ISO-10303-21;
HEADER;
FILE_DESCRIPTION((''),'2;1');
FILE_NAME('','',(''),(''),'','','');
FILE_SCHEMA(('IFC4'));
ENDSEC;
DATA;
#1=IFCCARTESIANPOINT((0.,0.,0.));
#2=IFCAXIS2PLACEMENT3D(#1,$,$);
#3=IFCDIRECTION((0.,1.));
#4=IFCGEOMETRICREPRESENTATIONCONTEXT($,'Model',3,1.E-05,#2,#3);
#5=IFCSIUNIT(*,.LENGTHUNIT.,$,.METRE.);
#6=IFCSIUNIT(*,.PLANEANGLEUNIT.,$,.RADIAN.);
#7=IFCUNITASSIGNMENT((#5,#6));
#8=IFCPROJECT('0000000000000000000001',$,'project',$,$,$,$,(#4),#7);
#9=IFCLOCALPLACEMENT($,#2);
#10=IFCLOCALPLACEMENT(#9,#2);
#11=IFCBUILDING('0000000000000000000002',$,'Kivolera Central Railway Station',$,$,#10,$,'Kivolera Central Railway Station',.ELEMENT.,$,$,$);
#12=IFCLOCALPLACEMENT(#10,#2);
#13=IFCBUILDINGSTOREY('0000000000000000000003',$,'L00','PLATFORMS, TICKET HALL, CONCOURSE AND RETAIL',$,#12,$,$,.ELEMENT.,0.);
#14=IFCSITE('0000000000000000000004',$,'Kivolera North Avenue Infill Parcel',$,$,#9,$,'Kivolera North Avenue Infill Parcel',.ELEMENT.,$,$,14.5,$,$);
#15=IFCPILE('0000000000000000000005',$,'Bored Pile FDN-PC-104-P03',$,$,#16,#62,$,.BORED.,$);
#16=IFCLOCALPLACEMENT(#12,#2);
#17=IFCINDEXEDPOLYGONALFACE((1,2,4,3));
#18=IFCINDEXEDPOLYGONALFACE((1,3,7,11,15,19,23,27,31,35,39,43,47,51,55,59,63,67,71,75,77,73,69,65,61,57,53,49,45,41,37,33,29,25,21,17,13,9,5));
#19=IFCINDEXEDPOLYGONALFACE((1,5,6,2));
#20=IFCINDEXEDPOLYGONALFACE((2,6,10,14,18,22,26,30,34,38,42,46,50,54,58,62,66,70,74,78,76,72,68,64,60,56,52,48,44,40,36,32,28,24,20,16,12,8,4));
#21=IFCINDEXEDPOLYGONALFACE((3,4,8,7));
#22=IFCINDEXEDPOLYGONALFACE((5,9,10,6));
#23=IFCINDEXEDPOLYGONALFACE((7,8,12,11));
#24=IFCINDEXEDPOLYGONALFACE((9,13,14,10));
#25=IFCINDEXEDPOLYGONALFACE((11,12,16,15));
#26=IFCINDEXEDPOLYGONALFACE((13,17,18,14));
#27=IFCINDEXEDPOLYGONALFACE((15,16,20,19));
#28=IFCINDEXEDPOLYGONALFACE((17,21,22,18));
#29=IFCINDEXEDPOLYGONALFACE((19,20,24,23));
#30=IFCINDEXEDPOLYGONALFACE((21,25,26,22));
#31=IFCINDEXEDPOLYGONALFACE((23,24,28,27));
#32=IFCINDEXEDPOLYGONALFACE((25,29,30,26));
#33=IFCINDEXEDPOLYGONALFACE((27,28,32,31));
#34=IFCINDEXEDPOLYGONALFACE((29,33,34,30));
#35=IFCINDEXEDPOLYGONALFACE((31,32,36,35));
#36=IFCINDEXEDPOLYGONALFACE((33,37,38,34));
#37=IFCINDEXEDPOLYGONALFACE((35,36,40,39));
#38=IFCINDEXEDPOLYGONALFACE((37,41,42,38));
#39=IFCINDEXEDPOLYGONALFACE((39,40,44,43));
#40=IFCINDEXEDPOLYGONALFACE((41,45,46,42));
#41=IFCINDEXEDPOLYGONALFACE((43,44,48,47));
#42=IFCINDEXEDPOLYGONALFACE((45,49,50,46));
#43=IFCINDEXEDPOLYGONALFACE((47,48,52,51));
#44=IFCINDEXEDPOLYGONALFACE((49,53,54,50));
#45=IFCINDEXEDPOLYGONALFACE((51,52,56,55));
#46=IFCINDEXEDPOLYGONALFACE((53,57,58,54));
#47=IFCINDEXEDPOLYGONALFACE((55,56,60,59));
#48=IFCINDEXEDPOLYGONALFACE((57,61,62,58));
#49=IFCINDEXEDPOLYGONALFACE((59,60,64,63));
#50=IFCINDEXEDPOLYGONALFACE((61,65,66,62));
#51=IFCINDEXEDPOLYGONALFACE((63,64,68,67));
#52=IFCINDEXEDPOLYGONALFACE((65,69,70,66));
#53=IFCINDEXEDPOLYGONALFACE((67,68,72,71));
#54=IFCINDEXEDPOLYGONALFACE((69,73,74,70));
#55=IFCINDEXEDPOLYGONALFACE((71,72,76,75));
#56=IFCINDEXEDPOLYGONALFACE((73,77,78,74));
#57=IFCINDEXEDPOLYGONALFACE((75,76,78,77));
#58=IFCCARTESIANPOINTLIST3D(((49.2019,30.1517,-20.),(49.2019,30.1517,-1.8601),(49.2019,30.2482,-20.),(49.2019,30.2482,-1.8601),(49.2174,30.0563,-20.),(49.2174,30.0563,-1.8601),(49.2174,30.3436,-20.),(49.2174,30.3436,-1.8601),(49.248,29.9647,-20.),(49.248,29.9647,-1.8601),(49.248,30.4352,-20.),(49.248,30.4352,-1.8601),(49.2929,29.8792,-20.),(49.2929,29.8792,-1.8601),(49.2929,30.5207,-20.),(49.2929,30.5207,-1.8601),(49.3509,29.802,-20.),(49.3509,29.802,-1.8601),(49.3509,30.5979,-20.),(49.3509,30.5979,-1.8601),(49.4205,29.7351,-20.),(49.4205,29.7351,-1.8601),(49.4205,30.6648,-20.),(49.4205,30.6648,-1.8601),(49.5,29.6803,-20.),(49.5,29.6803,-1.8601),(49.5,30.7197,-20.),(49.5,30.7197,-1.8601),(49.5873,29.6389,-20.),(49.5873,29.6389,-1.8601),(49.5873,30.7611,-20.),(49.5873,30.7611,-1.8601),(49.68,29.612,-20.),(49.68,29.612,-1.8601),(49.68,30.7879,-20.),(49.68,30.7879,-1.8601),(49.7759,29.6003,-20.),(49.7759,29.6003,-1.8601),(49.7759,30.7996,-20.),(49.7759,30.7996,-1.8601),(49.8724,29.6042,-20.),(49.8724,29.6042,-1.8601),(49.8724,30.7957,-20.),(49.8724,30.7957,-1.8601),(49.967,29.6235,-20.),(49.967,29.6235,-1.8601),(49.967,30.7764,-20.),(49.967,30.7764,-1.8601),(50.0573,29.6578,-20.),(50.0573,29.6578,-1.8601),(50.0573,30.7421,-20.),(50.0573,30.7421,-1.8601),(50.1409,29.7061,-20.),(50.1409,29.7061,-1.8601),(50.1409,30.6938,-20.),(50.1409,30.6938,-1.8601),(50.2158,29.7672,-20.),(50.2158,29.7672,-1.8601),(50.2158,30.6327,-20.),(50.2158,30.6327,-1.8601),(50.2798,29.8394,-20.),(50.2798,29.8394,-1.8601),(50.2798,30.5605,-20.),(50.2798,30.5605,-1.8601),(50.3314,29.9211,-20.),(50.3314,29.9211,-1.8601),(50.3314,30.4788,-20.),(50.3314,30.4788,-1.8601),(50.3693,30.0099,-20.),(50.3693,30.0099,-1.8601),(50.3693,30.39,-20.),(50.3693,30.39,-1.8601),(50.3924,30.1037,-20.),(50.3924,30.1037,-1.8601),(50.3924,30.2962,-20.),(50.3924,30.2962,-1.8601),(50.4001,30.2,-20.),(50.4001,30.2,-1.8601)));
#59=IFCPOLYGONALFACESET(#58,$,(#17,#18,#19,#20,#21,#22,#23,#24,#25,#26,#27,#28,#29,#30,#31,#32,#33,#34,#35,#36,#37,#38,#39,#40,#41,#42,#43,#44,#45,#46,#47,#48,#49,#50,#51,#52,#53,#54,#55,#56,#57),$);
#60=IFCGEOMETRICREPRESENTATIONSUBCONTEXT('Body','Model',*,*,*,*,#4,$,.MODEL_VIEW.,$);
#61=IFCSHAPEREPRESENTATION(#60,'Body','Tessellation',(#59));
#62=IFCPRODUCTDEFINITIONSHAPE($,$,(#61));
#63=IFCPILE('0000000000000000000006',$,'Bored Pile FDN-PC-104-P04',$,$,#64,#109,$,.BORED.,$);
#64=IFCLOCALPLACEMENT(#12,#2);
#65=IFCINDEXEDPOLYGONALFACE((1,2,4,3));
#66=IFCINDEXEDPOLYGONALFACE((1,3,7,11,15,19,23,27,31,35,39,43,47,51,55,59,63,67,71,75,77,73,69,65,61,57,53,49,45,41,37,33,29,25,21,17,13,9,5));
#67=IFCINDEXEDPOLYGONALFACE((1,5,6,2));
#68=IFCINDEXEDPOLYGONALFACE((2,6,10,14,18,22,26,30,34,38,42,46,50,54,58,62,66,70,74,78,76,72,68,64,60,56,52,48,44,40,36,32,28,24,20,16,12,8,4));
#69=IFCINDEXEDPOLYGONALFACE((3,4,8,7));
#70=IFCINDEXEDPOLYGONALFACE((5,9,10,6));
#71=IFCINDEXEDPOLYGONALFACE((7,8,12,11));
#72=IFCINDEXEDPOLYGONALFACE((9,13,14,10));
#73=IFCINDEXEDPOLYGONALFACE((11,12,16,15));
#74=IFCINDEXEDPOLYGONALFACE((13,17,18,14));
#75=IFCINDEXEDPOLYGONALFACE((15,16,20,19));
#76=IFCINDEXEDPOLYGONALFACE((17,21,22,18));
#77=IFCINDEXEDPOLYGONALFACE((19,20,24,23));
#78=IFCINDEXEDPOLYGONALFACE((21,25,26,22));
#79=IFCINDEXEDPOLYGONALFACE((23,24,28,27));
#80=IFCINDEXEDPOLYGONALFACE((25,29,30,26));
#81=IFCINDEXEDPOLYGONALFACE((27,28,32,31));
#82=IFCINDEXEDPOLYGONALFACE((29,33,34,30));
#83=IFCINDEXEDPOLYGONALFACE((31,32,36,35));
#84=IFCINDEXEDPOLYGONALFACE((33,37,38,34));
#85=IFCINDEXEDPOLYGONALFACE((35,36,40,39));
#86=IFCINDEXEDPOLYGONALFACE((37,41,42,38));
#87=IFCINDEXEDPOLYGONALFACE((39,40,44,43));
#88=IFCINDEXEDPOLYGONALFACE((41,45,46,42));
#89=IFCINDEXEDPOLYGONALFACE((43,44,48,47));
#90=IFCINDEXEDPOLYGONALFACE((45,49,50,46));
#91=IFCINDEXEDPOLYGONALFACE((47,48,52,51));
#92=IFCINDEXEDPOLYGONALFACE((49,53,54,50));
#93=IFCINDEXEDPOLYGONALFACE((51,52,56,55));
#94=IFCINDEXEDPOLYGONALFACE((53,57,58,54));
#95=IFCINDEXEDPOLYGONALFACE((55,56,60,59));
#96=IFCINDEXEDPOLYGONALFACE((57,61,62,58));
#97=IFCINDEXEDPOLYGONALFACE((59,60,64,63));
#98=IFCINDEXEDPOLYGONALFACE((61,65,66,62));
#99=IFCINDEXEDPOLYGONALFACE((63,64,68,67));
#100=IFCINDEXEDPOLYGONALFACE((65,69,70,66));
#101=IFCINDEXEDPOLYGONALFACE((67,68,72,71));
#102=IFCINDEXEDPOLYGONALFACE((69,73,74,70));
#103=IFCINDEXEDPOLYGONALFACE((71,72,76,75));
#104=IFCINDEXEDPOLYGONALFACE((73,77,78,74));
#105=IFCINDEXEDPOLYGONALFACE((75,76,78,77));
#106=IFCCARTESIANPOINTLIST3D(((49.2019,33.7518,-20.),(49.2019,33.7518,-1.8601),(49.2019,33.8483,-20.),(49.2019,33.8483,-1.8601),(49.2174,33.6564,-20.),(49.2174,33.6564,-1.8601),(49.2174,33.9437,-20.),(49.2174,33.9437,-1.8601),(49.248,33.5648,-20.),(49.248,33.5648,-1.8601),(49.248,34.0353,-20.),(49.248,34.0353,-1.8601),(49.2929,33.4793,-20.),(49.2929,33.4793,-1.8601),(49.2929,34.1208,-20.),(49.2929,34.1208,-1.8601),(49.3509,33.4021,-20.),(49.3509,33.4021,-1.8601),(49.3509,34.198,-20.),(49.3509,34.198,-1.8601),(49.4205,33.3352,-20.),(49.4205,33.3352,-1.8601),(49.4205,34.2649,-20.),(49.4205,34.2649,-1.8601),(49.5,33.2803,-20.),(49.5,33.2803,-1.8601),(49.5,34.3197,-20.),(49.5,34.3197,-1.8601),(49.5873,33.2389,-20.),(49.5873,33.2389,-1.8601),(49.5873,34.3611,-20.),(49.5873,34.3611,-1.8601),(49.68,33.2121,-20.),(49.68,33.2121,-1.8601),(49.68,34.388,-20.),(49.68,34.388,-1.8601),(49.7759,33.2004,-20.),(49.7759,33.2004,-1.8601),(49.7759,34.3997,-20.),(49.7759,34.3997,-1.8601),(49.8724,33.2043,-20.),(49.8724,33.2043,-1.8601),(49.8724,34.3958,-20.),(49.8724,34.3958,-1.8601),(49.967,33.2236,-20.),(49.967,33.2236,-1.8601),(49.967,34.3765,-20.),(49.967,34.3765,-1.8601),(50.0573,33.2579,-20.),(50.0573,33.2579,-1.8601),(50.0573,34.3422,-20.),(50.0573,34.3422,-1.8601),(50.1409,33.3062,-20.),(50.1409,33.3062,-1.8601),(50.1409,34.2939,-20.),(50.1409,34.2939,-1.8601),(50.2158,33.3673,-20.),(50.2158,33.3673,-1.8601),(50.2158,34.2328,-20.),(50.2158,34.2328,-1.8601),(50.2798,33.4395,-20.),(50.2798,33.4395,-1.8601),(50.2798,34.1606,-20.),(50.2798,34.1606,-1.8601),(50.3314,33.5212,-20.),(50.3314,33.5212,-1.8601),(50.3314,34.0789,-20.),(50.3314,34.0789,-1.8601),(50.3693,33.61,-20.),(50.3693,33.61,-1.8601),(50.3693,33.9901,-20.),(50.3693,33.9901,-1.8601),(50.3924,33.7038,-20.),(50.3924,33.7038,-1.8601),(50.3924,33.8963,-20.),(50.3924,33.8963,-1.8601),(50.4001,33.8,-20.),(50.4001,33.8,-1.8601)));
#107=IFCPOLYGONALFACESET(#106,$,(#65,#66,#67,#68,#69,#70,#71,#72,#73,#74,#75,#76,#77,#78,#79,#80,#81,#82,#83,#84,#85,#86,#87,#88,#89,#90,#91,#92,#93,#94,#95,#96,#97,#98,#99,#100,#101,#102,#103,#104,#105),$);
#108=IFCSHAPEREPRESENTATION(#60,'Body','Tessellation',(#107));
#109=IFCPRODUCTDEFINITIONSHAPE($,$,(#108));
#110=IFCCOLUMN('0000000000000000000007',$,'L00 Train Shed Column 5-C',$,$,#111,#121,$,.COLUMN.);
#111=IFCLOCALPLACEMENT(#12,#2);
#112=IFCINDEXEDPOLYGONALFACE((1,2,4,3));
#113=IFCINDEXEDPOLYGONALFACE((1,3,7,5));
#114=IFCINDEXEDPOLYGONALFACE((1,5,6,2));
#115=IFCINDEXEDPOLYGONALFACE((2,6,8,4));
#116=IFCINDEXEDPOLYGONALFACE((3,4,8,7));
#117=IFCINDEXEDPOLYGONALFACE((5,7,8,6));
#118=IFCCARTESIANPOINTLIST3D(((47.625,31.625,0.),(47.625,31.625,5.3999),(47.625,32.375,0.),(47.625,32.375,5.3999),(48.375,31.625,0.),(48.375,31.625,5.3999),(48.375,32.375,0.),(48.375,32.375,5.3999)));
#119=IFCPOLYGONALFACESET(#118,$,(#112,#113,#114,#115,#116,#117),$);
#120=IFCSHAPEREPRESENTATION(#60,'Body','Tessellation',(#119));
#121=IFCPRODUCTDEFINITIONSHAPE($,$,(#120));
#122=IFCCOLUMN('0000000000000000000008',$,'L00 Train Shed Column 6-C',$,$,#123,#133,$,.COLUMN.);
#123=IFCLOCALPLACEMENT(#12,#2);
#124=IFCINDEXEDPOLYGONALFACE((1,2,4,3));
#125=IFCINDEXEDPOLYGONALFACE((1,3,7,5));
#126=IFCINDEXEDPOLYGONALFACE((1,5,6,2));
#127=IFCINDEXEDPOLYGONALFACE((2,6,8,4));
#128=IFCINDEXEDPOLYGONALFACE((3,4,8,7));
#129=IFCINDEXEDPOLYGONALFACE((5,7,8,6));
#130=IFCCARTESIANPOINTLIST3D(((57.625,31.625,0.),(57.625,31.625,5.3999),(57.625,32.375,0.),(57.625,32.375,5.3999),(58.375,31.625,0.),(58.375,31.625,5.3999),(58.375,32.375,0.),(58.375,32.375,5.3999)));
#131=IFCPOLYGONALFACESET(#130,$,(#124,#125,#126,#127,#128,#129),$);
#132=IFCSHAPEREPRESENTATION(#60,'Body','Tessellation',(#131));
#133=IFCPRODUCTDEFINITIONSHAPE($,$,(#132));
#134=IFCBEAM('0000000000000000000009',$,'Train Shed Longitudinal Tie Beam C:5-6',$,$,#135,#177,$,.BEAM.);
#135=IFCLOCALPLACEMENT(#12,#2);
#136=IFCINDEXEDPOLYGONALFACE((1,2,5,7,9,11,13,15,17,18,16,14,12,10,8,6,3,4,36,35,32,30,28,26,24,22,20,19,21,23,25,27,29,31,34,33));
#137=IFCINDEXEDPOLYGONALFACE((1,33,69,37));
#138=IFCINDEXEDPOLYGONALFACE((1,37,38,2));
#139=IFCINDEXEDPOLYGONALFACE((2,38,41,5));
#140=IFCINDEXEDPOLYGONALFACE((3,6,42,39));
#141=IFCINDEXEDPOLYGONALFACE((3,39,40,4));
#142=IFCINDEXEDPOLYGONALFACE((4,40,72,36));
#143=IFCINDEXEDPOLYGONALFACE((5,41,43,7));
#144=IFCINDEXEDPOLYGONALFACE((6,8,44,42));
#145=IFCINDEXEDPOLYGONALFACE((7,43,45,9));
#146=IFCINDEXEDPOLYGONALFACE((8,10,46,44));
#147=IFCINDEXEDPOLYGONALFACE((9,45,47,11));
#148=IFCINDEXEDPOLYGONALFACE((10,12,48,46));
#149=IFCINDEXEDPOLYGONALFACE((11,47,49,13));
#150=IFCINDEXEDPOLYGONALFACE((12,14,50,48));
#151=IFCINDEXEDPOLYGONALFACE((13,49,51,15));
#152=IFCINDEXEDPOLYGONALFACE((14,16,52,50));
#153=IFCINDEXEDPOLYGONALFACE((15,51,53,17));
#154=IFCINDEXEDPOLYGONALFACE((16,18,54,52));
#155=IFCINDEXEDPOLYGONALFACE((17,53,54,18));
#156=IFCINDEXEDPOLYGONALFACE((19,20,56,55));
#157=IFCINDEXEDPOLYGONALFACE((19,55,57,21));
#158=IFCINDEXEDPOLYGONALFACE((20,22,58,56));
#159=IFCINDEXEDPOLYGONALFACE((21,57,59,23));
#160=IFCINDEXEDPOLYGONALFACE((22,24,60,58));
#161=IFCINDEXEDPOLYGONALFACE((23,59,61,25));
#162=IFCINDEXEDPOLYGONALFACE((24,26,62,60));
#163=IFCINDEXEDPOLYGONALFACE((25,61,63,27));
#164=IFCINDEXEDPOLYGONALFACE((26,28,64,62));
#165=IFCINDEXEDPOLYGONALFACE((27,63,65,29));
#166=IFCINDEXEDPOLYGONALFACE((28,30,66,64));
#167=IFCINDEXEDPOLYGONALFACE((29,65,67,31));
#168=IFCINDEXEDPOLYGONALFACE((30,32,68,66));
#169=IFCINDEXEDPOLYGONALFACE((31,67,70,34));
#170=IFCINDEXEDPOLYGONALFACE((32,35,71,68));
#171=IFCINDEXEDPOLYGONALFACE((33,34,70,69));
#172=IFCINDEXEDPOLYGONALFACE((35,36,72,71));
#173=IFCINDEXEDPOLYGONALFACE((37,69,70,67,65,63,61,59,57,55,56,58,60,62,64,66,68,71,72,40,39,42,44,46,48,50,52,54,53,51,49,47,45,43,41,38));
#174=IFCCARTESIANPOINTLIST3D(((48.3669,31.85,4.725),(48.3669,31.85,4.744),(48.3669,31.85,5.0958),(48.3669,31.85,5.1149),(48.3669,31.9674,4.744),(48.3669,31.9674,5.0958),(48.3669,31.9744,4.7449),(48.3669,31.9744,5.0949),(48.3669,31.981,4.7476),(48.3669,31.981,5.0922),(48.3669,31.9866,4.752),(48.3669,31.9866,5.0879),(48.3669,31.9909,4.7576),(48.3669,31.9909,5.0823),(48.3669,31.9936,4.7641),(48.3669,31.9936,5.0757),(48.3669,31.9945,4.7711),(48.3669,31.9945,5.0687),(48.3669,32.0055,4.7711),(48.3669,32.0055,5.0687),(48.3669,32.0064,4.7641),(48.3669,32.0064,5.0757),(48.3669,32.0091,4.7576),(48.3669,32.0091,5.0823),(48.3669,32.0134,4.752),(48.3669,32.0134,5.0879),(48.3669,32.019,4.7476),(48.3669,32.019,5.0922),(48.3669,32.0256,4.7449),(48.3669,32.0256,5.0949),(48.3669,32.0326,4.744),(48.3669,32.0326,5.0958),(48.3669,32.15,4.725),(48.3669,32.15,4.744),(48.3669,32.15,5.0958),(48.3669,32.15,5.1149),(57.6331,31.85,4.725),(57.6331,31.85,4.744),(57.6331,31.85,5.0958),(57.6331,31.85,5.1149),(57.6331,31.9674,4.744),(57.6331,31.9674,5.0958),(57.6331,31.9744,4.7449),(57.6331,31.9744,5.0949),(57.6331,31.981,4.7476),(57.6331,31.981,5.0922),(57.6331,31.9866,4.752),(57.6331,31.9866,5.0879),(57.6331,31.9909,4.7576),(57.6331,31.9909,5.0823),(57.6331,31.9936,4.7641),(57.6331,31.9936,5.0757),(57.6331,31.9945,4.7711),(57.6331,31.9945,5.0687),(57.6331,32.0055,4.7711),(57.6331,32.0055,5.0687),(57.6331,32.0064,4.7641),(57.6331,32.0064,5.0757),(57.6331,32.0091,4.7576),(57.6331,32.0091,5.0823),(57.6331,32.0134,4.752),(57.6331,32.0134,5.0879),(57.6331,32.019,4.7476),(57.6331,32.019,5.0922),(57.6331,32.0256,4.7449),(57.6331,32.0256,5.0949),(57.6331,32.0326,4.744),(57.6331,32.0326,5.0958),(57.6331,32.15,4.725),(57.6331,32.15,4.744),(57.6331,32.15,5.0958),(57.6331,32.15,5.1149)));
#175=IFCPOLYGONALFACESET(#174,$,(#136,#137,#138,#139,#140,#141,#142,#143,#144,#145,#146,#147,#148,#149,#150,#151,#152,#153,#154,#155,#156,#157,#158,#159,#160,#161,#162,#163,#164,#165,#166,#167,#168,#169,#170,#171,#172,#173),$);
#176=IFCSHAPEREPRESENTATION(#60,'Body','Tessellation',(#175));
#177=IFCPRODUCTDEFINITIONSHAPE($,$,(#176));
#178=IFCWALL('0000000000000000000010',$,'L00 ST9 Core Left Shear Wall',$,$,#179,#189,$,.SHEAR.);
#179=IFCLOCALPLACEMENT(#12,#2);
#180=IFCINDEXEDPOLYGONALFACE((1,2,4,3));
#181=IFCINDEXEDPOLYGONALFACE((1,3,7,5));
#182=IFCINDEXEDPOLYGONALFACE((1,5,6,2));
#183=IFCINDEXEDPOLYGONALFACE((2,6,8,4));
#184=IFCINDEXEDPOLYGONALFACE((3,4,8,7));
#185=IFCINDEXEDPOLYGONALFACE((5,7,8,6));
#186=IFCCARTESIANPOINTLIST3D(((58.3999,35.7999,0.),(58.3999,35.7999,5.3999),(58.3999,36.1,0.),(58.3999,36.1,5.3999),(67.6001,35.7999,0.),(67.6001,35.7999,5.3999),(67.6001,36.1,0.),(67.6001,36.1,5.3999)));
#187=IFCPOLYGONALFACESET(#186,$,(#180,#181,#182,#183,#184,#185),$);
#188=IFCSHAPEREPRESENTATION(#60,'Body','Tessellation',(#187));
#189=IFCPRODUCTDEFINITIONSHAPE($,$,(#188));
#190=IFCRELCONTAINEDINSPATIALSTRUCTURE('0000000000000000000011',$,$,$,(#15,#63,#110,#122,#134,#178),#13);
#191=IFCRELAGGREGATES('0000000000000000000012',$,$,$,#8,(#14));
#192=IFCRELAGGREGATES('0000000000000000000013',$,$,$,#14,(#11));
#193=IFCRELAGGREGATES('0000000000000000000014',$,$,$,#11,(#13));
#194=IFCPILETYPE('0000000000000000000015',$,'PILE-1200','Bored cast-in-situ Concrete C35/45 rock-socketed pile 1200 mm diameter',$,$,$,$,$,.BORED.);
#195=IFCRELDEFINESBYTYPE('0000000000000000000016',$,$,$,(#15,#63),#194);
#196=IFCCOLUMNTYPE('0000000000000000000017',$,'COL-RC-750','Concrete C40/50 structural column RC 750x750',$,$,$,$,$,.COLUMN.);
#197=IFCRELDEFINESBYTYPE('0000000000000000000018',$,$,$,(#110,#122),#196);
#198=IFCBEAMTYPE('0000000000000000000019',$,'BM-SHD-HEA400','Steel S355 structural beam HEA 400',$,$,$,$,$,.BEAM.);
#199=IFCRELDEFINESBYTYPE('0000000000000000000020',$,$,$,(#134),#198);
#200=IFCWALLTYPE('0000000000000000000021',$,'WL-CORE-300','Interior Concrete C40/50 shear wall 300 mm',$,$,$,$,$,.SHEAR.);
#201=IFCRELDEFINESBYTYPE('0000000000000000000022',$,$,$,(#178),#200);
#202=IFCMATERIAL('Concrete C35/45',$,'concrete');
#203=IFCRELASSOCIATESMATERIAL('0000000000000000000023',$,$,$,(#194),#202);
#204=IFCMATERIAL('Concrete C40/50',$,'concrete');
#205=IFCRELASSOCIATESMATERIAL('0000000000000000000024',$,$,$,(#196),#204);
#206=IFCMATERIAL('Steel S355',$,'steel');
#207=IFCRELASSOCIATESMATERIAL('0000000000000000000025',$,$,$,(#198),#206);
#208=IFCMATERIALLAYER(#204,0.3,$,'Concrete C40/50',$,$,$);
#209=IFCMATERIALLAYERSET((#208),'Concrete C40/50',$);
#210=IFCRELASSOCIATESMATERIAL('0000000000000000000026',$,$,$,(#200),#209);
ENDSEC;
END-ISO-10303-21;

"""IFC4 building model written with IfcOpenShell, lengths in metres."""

from ifc_helpers import new_model, si_unit, direction, frame, frame_2d, origin, origin_2d, place, context, subcontext, project, spatial, rectangle, circle, i_section, extrude, material, layer, layer_set, material_profile, profile_set, type_object, element, save


model = new_model("IFC4")

# Units and contexts
model_context = context("Model", 3, precision=1e-05, world=origin(), true_north=direction((0.0, 1.0)))
body_context = subcontext(model_context, "Body", "Model", "MODEL_VIEW")
ifc_project = project(units=[si_unit("LENGTHUNIT", "METRE"), si_unit("PLANEANGLEUNIT", "RADIAN")], contexts=[model_context])

# Site, building, storey
site_placement = place(None, origin())
site = spatial("IfcSite", under=ifc_project, at=site_placement, Name="Kivolera North Avenue Infill Parcel", LongName="Kivolera North Avenue Infill Parcel", CompositionType="ELEMENT", RefElevation=14.5)
building_placement = place(site_placement, origin())
building = spatial("IfcBuilding", under=site, at=building_placement, Name="Kivolera Central Railway Station", LongName="Kivolera Central Railway Station", CompositionType="ELEMENT")
storey_placement = place(building_placement, origin())
storey = spatial("IfcBuildingStorey", under=building, at=storey_placement, Name="L00", Description="PLATFORMS, TICKET HALL, CONCOURSE AND RETAIL", CompositionType="ELEMENT", Elevation=0.0)

# Shared definitions
ifc_material_1 = material(Name="Concrete C35/45", Category="concrete")

# Piles
ifc_material_profile_1 = material_profile(ifc_material_1, circle(Radius=0.6001, at=origin_2d()), Name="PILE D1200")
ifc_profile_set_1 = profile_set([ifc_material_profile_1], Name="Concrete C35/45")
pile_type = type_object("IfcPileType", Name="PILE-1200", Description="Bored cast-in-situ Concrete C35/45 rock-socketed pile 1200 mm diameter", PredefinedType="BORED", material=ifc_profile_set_1)
for number, where, z_axis, x_axis, name in (
    (1, (49.8, 30.2, -1.8601), (0.0, 0.0, -1.0), (1.0, 0.0, 0.0), "Bored Pile FDN-PC-104-P03"),
    (2, (49.8, 33.8, -1.8601), (0.0, 0.0, -1.0), (1.0, 0.0, 0.0), "Bored Pile FDN-PC-104-P04"),
):
    element("IfcPile", number, at=place(storey_placement, frame(where, z_axis=z_axis, x_axis=x_axis)), inside=storey, type_object=pile_type, Name=name, PredefinedType="BORED", context=body_context, shape_type="SweptSolid", body=[
        extrude(circle(Radius=0.6001, at=origin_2d()), origin(), (0.0, 0.0, 1.0), 18.1399),
    ])

# Columns
ifc_material_2 = material(Name="Concrete C40/50", Category="concrete")
ifc_material_profile_2 = material_profile(ifc_material_2, rectangle(XDim=0.75, YDim=0.75, at=origin_2d()), Name="RC 750x750")
ifc_profile_set_2 = profile_set([ifc_material_profile_2], Name="Concrete C40/50")
column_type = type_object("IfcColumnType", Name="COL-RC-750", Description="Concrete C40/50 structural column RC 750x750", PredefinedType="COLUMN", material=ifc_profile_set_2)
for number, where, z_axis, x_axis, name in (
    (3, (48.0, 32.0, 0.0), (0.0, 0.0, 1.0), (1.0, 0.0, 0.0), "L00 Train Shed Column 5-C"),
    (4, (58.0, 32.0, 0.0), (0.0, 0.0, 1.0), (1.0, 0.0, 0.0), "L00 Train Shed Column 6-C"),
):
    element("IfcColumn", number, at=place(storey_placement, frame(where, z_axis=z_axis, x_axis=x_axis)), inside=storey, type_object=column_type, Name=name, PredefinedType="COLUMN", context=body_context, shape_type="SweptSolid", body=[
        extrude(rectangle(XDim=0.75, YDim=0.75, at=origin_2d()), origin(), (0.0, 0.0, 1.0), 5.3999),
    ])

# Beam
ifc_material_3 = material(Name="Steel S355", Category="steel")
ifc_material_profile_3 = material_profile(ifc_material_3, i_section(OverallWidth=0.3, OverallDepth=0.3899, WebThickness=0.011, FlangeThickness=0.019, FilletRadius=0.0271, at=origin_2d()), Name="HEA 400")
ifc_profile_set_3 = profile_set([ifc_material_profile_3], Name="Steel S355")
beam_type = type_object("IfcBeamType", Name="BM-SHD-HEA400", Description="Steel S355 structural beam HEA 400", PredefinedType="BEAM", material=ifc_profile_set_3)
beam_placement = place(storey_placement, frame((48.3669, 32.0, 4.9199), z_axis=(1.0, 0.0, 0.0), x_axis=(0.0, 1.0, 0.0)))
element("IfcBeam", 5, at=beam_placement, inside=storey, type_object=beam_type, Name="Train Shed Longitudinal Tie Beam C:5-6", PredefinedType="BEAM", context=body_context, shape_type="SweptSolid", body=[
    extrude(i_section(OverallWidth=0.3, OverallDepth=0.3899, WebThickness=0.011, FlangeThickness=0.019, FilletRadius=0.0271, at=origin_2d()), origin(), (0.0, 0.0, 1.0), 9.2661),
])

# Wall
ifc_layer = layer(ifc_material_2, 0.3, Name="Concrete C40/50")
ifc_layer_set = layer_set([ifc_layer], Name="Concrete C40/50")
wall_type = type_object("IfcWallType", Name="WL-CORE-300", Description="Interior Concrete C40/50 shear wall 300 mm", PredefinedType="SHEAR", material=ifc_layer_set)
wall_1_placement = place(storey_placement, frame((58.3999, 35.95, 0.0), z_axis=(0.0, 0.0, 1.0), x_axis=(1.0, 0.0, 0.0)))
element("IfcWall", 6, at=wall_1_placement, inside=storey, type_object=wall_type, Name="L00 ST9 Core Left Shear Wall", PredefinedType="SHEAR", context=body_context, shape_type="SweptSolid", body=[
    extrude(rectangle(XDim=9.2002, YDim=0.3, at=frame_2d((4.6001, 0.0))), origin(), (0.0, 0.0, 1.0), 5.3999),
])

save(model, "model.ifc")
